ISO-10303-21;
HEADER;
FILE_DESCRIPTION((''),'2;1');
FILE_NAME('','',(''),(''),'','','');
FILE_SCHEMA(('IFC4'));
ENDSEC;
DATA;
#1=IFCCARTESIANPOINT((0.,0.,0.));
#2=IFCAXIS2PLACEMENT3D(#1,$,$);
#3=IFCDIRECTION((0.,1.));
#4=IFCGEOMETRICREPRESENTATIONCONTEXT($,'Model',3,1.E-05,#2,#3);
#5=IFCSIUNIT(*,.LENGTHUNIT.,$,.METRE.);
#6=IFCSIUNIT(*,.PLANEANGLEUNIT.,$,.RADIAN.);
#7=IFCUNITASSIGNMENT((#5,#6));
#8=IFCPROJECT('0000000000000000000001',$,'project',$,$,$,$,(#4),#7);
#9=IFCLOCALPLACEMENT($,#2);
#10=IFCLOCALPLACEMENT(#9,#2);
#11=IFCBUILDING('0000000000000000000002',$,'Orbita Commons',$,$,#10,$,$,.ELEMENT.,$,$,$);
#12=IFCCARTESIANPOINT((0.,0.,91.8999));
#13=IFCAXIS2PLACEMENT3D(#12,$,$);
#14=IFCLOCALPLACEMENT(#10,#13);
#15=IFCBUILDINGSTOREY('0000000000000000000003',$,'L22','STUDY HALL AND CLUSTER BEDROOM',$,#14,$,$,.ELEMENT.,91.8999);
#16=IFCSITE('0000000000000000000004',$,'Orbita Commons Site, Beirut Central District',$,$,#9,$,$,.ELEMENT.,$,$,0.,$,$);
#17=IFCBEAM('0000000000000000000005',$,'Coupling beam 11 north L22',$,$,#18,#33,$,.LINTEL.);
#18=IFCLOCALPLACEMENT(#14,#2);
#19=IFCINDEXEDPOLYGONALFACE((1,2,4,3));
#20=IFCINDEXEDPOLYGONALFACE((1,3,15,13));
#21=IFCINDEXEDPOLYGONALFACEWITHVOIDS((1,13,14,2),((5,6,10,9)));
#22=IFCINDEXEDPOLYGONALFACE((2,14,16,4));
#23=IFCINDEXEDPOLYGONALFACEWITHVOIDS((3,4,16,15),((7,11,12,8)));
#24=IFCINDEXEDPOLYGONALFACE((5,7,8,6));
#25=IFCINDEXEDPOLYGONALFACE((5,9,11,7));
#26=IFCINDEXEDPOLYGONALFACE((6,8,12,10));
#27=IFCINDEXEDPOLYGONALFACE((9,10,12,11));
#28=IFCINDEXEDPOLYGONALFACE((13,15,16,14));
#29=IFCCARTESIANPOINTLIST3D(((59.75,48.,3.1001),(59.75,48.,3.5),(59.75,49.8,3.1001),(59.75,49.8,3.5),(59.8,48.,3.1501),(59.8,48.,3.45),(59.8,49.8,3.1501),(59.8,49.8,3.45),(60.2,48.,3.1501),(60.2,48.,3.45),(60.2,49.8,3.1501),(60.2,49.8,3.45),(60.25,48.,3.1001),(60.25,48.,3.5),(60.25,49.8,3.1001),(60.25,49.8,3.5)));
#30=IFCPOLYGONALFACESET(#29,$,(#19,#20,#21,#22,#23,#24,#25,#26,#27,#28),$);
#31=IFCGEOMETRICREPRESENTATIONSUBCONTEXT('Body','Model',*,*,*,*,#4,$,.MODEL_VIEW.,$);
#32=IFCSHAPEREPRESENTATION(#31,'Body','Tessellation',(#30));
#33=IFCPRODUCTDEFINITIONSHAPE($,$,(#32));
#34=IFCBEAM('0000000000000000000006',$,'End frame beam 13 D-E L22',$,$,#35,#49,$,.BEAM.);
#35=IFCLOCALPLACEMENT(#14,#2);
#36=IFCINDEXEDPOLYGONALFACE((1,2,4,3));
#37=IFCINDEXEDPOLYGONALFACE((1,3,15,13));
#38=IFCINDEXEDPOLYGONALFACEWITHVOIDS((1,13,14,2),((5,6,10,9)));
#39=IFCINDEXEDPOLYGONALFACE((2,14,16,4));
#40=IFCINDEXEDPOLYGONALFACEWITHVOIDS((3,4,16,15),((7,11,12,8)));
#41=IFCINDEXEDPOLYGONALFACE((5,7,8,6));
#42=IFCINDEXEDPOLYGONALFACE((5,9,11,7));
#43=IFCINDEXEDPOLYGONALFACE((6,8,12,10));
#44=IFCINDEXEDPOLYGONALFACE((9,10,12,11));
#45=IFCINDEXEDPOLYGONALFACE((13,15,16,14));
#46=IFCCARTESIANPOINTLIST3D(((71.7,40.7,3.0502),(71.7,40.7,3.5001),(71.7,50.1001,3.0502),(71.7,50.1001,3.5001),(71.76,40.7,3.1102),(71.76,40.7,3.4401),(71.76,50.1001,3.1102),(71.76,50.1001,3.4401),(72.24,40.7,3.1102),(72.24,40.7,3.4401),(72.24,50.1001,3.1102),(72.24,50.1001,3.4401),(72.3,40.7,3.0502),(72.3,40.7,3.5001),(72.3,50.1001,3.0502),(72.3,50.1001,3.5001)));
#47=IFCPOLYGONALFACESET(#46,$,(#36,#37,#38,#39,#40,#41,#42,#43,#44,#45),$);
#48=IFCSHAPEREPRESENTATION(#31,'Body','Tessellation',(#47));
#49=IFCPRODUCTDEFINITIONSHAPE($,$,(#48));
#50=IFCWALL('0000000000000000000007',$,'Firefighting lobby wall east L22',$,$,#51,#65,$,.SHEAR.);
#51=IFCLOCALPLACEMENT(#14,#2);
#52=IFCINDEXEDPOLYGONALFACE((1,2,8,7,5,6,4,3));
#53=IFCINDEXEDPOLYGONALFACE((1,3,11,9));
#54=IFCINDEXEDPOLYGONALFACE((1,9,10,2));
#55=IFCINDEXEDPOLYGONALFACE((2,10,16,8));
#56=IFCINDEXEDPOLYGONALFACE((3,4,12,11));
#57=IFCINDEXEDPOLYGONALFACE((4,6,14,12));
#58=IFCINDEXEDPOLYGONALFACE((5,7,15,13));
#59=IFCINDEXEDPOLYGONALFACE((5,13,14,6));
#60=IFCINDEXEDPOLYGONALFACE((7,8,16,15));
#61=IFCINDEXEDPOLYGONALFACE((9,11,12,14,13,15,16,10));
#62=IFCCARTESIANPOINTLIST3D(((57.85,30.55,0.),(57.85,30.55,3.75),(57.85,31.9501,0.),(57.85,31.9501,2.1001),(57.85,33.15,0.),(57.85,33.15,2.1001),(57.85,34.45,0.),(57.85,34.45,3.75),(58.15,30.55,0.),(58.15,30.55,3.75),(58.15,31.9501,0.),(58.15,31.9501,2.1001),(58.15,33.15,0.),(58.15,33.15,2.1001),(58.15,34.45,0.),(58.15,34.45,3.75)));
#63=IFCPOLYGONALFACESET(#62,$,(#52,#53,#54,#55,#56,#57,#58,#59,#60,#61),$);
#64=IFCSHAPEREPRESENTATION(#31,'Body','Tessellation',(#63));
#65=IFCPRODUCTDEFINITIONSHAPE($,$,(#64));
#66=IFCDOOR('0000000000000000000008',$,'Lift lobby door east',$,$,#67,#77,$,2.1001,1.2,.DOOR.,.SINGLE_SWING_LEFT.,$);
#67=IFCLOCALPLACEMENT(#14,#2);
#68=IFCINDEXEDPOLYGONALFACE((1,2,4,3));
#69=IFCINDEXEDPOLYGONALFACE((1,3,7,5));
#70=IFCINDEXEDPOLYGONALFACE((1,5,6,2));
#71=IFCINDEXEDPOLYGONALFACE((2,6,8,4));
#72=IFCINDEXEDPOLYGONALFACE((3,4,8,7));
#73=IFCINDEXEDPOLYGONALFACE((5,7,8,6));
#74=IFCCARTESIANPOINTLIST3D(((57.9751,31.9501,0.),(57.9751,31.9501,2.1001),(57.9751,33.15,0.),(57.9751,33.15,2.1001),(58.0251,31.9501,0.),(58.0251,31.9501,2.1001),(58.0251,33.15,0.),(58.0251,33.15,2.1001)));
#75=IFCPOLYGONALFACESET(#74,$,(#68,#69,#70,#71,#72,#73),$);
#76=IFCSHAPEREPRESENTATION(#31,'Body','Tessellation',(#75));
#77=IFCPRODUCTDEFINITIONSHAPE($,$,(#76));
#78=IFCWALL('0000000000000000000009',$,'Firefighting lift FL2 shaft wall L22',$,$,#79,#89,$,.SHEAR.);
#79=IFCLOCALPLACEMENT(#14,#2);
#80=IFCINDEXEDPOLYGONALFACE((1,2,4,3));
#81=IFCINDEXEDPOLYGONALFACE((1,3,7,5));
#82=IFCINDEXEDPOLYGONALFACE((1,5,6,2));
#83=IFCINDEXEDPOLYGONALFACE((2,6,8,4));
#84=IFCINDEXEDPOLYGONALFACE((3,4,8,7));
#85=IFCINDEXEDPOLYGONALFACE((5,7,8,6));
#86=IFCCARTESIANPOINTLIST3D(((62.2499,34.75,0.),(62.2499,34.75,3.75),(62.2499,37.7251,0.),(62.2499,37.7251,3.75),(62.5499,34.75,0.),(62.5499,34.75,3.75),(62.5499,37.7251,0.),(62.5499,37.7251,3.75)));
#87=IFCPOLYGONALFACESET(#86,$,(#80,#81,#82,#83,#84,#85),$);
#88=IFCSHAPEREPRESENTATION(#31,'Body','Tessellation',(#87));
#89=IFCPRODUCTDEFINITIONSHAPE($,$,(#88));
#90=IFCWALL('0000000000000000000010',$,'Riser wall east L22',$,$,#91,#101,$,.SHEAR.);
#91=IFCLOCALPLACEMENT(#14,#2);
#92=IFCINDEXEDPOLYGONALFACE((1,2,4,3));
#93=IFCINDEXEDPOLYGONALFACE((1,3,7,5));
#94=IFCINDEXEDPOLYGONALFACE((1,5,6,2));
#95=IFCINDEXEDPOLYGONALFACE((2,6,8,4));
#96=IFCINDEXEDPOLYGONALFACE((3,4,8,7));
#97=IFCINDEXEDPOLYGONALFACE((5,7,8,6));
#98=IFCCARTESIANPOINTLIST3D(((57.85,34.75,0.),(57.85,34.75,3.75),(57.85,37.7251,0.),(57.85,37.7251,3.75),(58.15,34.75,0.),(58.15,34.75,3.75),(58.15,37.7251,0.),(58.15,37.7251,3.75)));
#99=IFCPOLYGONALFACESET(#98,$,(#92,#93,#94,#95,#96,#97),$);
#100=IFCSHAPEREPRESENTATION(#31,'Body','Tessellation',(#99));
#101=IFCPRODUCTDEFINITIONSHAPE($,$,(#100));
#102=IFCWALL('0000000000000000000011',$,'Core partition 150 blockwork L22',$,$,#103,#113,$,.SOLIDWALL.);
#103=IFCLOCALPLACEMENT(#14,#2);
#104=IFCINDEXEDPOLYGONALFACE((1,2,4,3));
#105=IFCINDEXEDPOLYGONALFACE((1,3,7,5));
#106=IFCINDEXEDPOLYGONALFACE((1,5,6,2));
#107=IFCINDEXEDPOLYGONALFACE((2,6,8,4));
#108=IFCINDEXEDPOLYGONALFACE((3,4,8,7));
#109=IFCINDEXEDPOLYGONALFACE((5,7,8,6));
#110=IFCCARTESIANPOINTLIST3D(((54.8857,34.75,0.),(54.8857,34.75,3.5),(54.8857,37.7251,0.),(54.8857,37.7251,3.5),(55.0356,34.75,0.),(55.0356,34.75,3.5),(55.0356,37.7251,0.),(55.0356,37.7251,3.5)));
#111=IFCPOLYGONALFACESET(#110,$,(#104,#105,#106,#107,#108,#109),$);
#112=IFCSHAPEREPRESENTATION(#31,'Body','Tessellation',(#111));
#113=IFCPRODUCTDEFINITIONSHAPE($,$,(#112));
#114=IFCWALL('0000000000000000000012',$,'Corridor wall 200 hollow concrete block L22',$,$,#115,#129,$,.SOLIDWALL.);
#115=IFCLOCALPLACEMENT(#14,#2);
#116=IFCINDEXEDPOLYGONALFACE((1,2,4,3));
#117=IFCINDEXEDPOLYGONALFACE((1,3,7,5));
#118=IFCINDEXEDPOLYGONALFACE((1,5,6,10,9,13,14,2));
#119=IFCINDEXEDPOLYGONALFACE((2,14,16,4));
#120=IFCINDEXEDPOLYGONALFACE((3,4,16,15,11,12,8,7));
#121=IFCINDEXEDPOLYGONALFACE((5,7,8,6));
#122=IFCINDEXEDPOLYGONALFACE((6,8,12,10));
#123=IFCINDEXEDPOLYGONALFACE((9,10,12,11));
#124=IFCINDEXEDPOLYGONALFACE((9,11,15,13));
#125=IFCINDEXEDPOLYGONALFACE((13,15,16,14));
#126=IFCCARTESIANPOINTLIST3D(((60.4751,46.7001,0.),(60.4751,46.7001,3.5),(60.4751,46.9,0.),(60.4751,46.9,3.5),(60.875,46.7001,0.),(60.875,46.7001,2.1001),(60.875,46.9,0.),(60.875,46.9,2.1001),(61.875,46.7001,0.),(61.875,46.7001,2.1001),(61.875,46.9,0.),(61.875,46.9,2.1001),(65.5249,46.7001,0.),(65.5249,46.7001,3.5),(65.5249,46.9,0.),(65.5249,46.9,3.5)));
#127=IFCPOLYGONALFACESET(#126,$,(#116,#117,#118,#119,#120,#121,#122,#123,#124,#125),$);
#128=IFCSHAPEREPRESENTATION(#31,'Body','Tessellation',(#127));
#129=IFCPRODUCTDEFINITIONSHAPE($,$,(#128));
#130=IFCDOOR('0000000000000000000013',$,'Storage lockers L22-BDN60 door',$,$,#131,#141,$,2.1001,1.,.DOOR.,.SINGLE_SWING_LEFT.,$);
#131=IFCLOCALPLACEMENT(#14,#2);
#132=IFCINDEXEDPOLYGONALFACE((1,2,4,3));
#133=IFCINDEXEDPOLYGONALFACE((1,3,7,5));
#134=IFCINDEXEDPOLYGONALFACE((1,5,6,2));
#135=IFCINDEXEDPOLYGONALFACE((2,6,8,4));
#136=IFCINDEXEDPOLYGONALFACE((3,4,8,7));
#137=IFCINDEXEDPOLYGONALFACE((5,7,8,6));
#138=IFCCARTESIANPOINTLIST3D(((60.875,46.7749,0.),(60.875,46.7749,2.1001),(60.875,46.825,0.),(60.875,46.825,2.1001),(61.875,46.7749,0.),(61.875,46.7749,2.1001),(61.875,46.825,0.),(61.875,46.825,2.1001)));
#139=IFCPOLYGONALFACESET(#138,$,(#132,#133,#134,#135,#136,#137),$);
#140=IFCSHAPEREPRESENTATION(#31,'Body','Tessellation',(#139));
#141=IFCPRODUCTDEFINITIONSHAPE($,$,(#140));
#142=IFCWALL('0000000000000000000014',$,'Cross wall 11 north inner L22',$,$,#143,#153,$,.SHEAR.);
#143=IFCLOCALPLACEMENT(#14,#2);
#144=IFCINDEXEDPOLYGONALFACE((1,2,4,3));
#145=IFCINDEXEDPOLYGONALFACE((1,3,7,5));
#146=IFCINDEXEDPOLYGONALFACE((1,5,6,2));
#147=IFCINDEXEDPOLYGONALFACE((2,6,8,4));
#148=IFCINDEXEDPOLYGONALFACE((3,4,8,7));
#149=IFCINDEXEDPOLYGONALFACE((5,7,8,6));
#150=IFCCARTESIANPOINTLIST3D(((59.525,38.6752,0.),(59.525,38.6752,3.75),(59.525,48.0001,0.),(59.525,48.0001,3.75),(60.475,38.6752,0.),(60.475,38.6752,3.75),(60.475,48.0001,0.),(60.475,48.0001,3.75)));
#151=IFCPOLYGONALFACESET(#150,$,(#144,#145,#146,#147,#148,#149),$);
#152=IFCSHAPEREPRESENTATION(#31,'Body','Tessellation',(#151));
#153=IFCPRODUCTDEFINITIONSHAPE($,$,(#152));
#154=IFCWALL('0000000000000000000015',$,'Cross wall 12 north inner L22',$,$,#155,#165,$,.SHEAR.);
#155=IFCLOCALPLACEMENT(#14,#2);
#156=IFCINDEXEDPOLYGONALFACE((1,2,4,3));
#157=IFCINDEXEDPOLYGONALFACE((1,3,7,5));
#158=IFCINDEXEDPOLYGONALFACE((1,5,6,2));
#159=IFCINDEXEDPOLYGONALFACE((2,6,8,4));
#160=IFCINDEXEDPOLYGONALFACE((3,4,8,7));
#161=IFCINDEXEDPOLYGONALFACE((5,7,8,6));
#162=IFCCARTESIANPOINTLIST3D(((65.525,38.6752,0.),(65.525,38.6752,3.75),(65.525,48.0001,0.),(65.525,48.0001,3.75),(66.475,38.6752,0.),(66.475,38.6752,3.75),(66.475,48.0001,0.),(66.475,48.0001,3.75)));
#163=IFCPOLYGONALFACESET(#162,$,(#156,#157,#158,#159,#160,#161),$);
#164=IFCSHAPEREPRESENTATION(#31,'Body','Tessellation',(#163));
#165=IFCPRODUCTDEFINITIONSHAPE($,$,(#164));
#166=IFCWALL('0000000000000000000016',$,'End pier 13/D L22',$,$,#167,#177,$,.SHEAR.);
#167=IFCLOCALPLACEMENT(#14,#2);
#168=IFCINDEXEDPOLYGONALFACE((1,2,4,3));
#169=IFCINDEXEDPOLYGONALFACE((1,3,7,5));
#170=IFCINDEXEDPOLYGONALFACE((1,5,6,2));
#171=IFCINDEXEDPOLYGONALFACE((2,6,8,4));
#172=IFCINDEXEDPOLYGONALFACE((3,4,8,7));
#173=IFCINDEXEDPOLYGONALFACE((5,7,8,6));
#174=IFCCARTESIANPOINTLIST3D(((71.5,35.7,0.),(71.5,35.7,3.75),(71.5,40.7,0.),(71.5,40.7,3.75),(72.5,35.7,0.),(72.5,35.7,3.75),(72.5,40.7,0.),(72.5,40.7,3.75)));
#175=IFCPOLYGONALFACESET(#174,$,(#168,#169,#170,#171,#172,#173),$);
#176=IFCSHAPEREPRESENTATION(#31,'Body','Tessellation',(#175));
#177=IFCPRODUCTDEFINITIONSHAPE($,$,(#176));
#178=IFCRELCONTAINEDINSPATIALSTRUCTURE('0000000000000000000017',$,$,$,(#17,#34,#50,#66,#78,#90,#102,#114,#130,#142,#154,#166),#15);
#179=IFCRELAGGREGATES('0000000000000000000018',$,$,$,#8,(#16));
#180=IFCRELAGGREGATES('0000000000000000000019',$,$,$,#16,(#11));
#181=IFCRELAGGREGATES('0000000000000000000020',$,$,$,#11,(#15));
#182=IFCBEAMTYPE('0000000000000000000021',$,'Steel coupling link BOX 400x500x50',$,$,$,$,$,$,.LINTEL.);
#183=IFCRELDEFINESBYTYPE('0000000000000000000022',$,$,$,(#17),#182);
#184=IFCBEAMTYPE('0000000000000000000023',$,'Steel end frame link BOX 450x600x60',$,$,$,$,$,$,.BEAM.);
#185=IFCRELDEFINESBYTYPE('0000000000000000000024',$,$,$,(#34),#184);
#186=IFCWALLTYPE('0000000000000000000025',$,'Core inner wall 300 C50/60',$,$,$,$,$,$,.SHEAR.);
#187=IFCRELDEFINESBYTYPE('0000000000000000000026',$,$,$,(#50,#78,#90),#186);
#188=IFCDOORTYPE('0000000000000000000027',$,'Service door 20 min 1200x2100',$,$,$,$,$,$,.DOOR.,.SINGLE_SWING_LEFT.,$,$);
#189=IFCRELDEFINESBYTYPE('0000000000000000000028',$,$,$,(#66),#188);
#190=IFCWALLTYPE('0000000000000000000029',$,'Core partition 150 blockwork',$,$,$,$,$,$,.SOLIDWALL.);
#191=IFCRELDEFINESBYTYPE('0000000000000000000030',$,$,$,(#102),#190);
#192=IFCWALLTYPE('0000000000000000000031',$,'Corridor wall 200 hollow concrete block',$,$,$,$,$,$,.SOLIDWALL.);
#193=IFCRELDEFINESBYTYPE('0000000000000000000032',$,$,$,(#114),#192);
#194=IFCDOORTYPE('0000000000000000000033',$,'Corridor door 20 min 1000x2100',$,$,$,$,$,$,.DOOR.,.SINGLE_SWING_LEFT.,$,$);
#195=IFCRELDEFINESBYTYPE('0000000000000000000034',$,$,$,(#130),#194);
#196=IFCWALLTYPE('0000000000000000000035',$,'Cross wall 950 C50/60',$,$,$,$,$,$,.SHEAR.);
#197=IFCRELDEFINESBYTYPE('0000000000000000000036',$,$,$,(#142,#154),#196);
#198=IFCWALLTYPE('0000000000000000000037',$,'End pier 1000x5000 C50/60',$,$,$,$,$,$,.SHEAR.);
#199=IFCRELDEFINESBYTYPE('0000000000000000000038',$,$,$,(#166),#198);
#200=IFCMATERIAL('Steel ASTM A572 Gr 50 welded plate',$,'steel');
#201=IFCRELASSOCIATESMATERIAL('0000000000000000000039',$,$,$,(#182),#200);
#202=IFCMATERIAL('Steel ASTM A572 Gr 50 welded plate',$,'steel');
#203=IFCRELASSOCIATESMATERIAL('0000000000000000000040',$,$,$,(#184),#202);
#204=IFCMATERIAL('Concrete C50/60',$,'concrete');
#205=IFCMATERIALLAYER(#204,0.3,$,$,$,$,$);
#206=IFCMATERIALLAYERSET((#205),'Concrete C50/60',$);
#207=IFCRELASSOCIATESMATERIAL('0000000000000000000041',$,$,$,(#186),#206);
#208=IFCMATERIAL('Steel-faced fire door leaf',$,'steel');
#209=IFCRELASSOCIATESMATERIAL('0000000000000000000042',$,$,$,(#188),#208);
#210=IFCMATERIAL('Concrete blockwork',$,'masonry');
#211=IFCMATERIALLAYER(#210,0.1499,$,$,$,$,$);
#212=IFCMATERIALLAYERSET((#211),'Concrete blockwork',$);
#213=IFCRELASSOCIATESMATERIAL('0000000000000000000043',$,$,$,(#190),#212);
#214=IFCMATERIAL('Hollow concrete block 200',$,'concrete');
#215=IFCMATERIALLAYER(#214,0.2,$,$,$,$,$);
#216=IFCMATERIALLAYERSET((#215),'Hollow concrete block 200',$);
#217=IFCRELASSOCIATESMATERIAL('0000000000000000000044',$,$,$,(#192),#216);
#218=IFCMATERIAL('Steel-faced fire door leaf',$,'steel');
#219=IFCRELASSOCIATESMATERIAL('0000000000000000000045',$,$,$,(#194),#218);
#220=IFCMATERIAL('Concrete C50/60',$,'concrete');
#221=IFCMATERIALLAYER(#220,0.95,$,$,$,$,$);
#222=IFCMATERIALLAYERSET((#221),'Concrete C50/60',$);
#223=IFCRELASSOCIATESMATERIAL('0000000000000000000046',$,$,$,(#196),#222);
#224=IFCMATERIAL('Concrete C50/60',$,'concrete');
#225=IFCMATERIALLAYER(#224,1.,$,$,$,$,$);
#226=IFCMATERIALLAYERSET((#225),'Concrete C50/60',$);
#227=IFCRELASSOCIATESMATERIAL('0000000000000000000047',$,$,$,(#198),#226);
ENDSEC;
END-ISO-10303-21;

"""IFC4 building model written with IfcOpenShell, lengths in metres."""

from ifc_helpers import new_model, si_unit, direction, frame, frame_2d, origin, origin_2d, place, context, subcontext, project, spatial, rectangle, hollow_rectangle, extrude, material, layer, layer_set, material_profile, profile_set, type_object, element, fill, save


model = new_model("IFC4")

# Units and contexts
model_context = context("Model", 3, precision=1e-05, world=origin(), true_north=direction((0.0, 1.0)))
body_context = subcontext(model_context, "Body", "Model", "MODEL_VIEW")
ifc_project = project(units=[si_unit("LENGTHUNIT", "METRE"), si_unit("PLANEANGLEUNIT", "RADIAN")], contexts=[model_context])

# Site, building, storey
site_placement = place(None, origin())
site = spatial("IfcSite", under=ifc_project, at=site_placement, Name="Orbita Commons Site, Beirut Central District", CompositionType="ELEMENT", RefElevation=0.0)
building_placement = place(site_placement, origin())
building = spatial("IfcBuilding", under=site, at=building_placement, Name="Orbita Commons", CompositionType="ELEMENT")
storey_placement = place(building_placement, frame((0.0, 0.0, 91.8999)))
storey = spatial("IfcBuildingStorey", under=building, at=storey_placement, Name="L22", Description="STUDY HALL AND CLUSTER BEDROOM", CompositionType="ELEMENT", Elevation=91.8999)

# Beams
ifc_material_1 = material(Name="Steel ASTM A572 Gr 50 welded plate", Category="steel")
ifc_material_profile_1 = material_profile(ifc_material_1, hollow_rectangle(XDim=0.5, YDim=0.3999, WallThickness=0.05, at=origin_2d()), Name="BOX 400x500x50")
ifc_profile_set_1 = profile_set([ifc_material_profile_1], Name="Steel ASTM A572 Gr 50 welded plate")
beam_type_1 = type_object("IfcBeamType", Name="Steel coupling link BOX 400x500x50", PredefinedType="LINTEL", material=ifc_profile_set_1)
beam_1_placement = place(storey_placement, frame((60.0, 48.0, 3.3), z_axis=(0.0, 1.0, 0.0), x_axis=(-1.0, 0.0, 0.0)))
element("IfcBeam", 1, at=beam_1_placement, inside=storey, type_object=beam_type_1, Name="Coupling beam 11 north L22", PredefinedType="LINTEL", context=body_context, shape_type="SweptSolid", body=[
    extrude(hollow_rectangle(XDim=0.5, YDim=0.3999, WallThickness=0.05, at=origin_2d()), origin(), (0.0, 0.0, 1.0), 1.8),
])
ifc_material_2 = material(Name="Steel ASTM A572 Gr 50 welded plate", Category="steel")
ifc_material_profile_2 = material_profile(ifc_material_2, hollow_rectangle(XDim=0.6001, YDim=0.45, WallThickness=0.0601, at=origin_2d()), Name="BOX 450x600x60")
ifc_profile_set_2 = profile_set([ifc_material_profile_2], Name="Steel ASTM A572 Gr 50 welded plate")
beam_type_2 = type_object("IfcBeamType", Name="Steel end frame link BOX 450x600x60", PredefinedType="BEAM", material=ifc_profile_set_2)
beam_2_placement = place(storey_placement, frame((72.0, 40.7, 3.2751), z_axis=(0.0, 1.0, 0.0), x_axis=(-1.0, 0.0, 0.0)))
element("IfcBeam", 2, at=beam_2_placement, inside=storey, type_object=beam_type_2, Name="End frame beam 13 D-E L22", PredefinedType="BEAM", context=body_context, shape_type="SweptSolid", body=[
    extrude(hollow_rectangle(XDim=0.6001, YDim=0.45, WallThickness=0.0601, at=origin_2d()), origin(), (0.0, 0.0, 1.0), 9.4001),
])

# Wall, opening, door
ifc_material_3 = material(Name="Concrete C50/60", Category="concrete")
ifc_layer_1 = layer(ifc_material_3, 0.3)
ifc_layer_set_1 = layer_set([ifc_layer_1], Name="Concrete C50/60")
wall_type_1 = type_object("IfcWallType", Name="Core inner wall 300 C50/60", PredefinedType="SHEAR", material=ifc_layer_set_1)
wall_1_placement = place(storey_placement, frame((58.0, 30.55, 0.0), z_axis=(0.0, 0.0, 1.0), x_axis=(0.0, 1.0, 0.0)))
wall_1 = element("IfcWall", 3, at=wall_1_placement, inside=storey, type_object=wall_type_1, Name="Firefighting lobby wall east L22", PredefinedType="SHEAR", context=body_context, shape_type="SweptSolid", body=[
    extrude(rectangle(XDim=3.8999, YDim=0.3, at=frame_2d((1.95, 0.0))), origin(), (0.0, 0.0, 1.0), 3.75),
])
opening_1_placement = place(wall_1_placement, frame((1.3999, 0.0, 0.0)))
opening_1 = element("IfcOpeningElement", 4, at=opening_1_placement, cuts=wall_1, PredefinedType="OPENING", context=body_context, shape_type="SweptSolid", body=[
    extrude(rectangle(XDim=1.2, YDim=2.1001, at=frame_2d((0.6001, 1.05))), frame((0.0, 0.1599, 0.0), z_axis=(0.0, -1.0, 0.0), x_axis=(1.0, 0.0, 0.0)), (0.0, 0.0, 1.0), 0.3201),
])
ifc_material_4 = material(Name="Steel-faced fire door leaf", Category="steel")
door_type_1 = type_object("IfcDoorType", Name="Service door 20 min 1200x2100", OperationType="SINGLE_SWING_LEFT", PredefinedType="DOOR", material=ifc_material_4)
door_1_placement = place(opening_1_placement, origin())
door_1 = element("IfcDoor", 5, at=door_1_placement, inside=storey, type_object=door_type_1, Name="Lift lobby door east", OperationType="SINGLE_SWING_LEFT", OverallHeight=2.1001, OverallWidth=1.2, PredefinedType="DOOR", context=body_context, shape_type="SweptSolid", body=[
    extrude(rectangle(XDim=1.2, YDim=2.1001, at=frame_2d((0.6001, 1.05))), frame((0.0, 0.0249, 0.0), z_axis=(0.0, -1.0, 0.0), x_axis=(1.0, 0.0, 0.0)), (0.0, 0.0, 1.0), 0.05),
])
fill(opening_1, door_1)

# Walls
for number, where, z_axis, x_axis, name in (
    (6, (62.3999, 34.75, 0.0), (0.0, 0.0, 1.0), (0.0, 1.0, 0.0), "Firefighting lift FL2 shaft wall L22"),
    (7, (58.0, 34.75, 0.0), (0.0, 0.0, 1.0), (0.0, 1.0, 0.0), "Riser wall east L22"),
):
    element("IfcWall", number, at=place(storey_placement, frame(where, z_axis=z_axis, x_axis=x_axis)), inside=storey, type_object=wall_type_1, Name=name, PredefinedType="SHEAR", context=body_context, shape_type="SweptSolid", body=[
        extrude(rectangle(XDim=2.9751, YDim=0.3, at=frame_2d((1.4875, 0.0))), origin(), (0.0, 0.0, 1.0), 3.75),
    ])
ifc_material_5 = material(Name="Concrete blockwork", Category="masonry")
ifc_layer_2 = layer(ifc_material_5, 0.1499)
ifc_layer_set_2 = layer_set([ifc_layer_2], Name="Concrete blockwork")
wall_type_2 = type_object("IfcWallType", Name="Core partition 150 blockwork", PredefinedType="SOLIDWALL", material=ifc_layer_set_2)
wall_2_placement = place(storey_placement, frame((54.9607, 34.75, 0.0), z_axis=(0.0, 0.0, 1.0), x_axis=(0.0, 1.0, 0.0)))
element("IfcWall", 8, at=wall_2_placement, inside=storey, type_object=wall_type_2, Name="Core partition 150 blockwork L22", PredefinedType="SOLIDWALL", context=body_context, shape_type="SweptSolid", body=[
    extrude(rectangle(XDim=2.9751, YDim=0.1499, at=frame_2d((1.4875, 0.0))), origin(), (0.0, 0.0, 1.0), 3.5),
])

# Wall, opening, door
ifc_material_6 = material(Name="Hollow concrete block 200", Category="concrete")
ifc_layer_3 = layer(ifc_material_6, 0.2)
ifc_layer_set_3 = layer_set([ifc_layer_3], Name="Hollow concrete block 200")
wall_type_3 = type_object("IfcWallType", Name="Corridor wall 200 hollow concrete block", PredefinedType="SOLIDWALL", material=ifc_layer_set_3)
wall_3_placement = place(storey_placement, frame((60.4751, 46.8, 0.0), z_axis=(0.0, 0.0, 1.0), x_axis=(1.0, 0.0, 0.0)))
wall_3 = element("IfcWall", 9, at=wall_3_placement, inside=storey, type_object=wall_type_3, Name="Corridor wall 200 hollow concrete block L22", PredefinedType="SOLIDWALL", context=body_context, shape_type="SweptSolid", body=[
    extrude(rectangle(XDim=5.0498, YDim=0.2, at=frame_2d((2.5249, 0.0))), origin(), (0.0, 0.0, 1.0), 3.5),
])
opening_2_placement = place(wall_3_placement, frame((0.3999, 0.0, 0.0)))
opening_2 = element("IfcOpeningElement", 10, at=opening_2_placement, cuts=wall_3, PredefinedType="OPENING", context=body_context, shape_type="SweptSolid", body=[
    extrude(rectangle(XDim=1.0, YDim=2.1001, at=frame_2d((0.5, 1.05))), frame((0.0, 0.1099, 0.0), z_axis=(0.0, -1.0, 0.0), x_axis=(1.0, 0.0, 0.0)), (0.0, 0.0, 1.0), 0.22),
])
ifc_material_7 = material(Name="Steel-faced fire door leaf", Category="steel")
door_type_2 = type_object("IfcDoorType", Name="Corridor door 20 min 1000x2100", OperationType="SINGLE_SWING_LEFT", PredefinedType="DOOR", material=ifc_material_7)
door_2_placement = place(opening_2_placement, origin())
door_2 = element("IfcDoor", 11, at=door_2_placement, inside=storey, type_object=door_type_2, Name="Storage lockers L22-BDN60 door", OperationType="SINGLE_SWING_LEFT", OverallHeight=2.1001, OverallWidth=1.0, PredefinedType="DOOR", context=body_context, shape_type="SweptSolid", body=[
    extrude(rectangle(XDim=1.0, YDim=2.1001, at=frame_2d((0.5, 1.05))), frame((0.0, 0.0249, 0.0), z_axis=(0.0, -1.0, 0.0), x_axis=(1.0, 0.0, 0.0)), (0.0, 0.0, 1.0), 0.05),
])
fill(opening_2, door_2)

# Walls
ifc_material_8 = material(Name="Concrete C50/60", Category="concrete")
ifc_layer_4 = layer(ifc_material_8, 0.95)
ifc_layer_set_4 = layer_set([ifc_layer_4], Name="Concrete C50/60")
wall_type_4 = type_object("IfcWallType", Name="Cross wall 950 C50/60", PredefinedType="SHEAR", material=ifc_layer_set_4)
for number, where, z_axis, x_axis, name in (
    (12, (60.0, 38.675, 0.0), (0.0, 0.0, 1.0), (0.0, 1.0, 0.0), "Cross wall 11 north inner L22"),
    (13, (66.0, 38.675, 0.0), (0.0, 0.0, 1.0), (0.0, 1.0, 0.0), "Cross wall 12 north inner L22"),
):
    element("IfcWall", number, at=place(storey_placement, frame(where, z_axis=z_axis, x_axis=x_axis)), inside=storey, type_object=wall_type_4, Name=name, PredefinedType="SHEAR", context=body_context, shape_type="SweptSolid", body=[
        extrude(rectangle(XDim=9.325, YDim=0.95, at=frame_2d((4.6626, 0.0))), origin(), (0.0, 0.0, 1.0), 3.75),
    ])
ifc_material_9 = material(Name="Concrete C50/60", Category="concrete")
ifc_layer_5 = layer(ifc_material_9, 1.0)
ifc_layer_set_5 = layer_set([ifc_layer_5], Name="Concrete C50/60")
wall_type_5 = type_object("IfcWallType", Name="End pier 1000x5000 C50/60", PredefinedType="SHEAR", material=ifc_layer_set_5)
wall_4_placement = place(storey_placement, frame((72.0, 35.7, 0.0), z_axis=(0.0, 0.0, 1.0), x_axis=(0.0, 1.0, 0.0)))
element("IfcWall", 14, at=wall_4_placement, inside=storey, type_object=wall_type_5, Name="End pier 13/D L22", PredefinedType="SHEAR", context=body_context, shape_type="SweptSolid", body=[
    extrude(rectangle(XDim=5.0, YDim=1.0, at=frame_2d((2.5, 0.0))), origin(), (0.0, 0.0, 1.0), 3.75),
])

save(model, "model.ifc")
